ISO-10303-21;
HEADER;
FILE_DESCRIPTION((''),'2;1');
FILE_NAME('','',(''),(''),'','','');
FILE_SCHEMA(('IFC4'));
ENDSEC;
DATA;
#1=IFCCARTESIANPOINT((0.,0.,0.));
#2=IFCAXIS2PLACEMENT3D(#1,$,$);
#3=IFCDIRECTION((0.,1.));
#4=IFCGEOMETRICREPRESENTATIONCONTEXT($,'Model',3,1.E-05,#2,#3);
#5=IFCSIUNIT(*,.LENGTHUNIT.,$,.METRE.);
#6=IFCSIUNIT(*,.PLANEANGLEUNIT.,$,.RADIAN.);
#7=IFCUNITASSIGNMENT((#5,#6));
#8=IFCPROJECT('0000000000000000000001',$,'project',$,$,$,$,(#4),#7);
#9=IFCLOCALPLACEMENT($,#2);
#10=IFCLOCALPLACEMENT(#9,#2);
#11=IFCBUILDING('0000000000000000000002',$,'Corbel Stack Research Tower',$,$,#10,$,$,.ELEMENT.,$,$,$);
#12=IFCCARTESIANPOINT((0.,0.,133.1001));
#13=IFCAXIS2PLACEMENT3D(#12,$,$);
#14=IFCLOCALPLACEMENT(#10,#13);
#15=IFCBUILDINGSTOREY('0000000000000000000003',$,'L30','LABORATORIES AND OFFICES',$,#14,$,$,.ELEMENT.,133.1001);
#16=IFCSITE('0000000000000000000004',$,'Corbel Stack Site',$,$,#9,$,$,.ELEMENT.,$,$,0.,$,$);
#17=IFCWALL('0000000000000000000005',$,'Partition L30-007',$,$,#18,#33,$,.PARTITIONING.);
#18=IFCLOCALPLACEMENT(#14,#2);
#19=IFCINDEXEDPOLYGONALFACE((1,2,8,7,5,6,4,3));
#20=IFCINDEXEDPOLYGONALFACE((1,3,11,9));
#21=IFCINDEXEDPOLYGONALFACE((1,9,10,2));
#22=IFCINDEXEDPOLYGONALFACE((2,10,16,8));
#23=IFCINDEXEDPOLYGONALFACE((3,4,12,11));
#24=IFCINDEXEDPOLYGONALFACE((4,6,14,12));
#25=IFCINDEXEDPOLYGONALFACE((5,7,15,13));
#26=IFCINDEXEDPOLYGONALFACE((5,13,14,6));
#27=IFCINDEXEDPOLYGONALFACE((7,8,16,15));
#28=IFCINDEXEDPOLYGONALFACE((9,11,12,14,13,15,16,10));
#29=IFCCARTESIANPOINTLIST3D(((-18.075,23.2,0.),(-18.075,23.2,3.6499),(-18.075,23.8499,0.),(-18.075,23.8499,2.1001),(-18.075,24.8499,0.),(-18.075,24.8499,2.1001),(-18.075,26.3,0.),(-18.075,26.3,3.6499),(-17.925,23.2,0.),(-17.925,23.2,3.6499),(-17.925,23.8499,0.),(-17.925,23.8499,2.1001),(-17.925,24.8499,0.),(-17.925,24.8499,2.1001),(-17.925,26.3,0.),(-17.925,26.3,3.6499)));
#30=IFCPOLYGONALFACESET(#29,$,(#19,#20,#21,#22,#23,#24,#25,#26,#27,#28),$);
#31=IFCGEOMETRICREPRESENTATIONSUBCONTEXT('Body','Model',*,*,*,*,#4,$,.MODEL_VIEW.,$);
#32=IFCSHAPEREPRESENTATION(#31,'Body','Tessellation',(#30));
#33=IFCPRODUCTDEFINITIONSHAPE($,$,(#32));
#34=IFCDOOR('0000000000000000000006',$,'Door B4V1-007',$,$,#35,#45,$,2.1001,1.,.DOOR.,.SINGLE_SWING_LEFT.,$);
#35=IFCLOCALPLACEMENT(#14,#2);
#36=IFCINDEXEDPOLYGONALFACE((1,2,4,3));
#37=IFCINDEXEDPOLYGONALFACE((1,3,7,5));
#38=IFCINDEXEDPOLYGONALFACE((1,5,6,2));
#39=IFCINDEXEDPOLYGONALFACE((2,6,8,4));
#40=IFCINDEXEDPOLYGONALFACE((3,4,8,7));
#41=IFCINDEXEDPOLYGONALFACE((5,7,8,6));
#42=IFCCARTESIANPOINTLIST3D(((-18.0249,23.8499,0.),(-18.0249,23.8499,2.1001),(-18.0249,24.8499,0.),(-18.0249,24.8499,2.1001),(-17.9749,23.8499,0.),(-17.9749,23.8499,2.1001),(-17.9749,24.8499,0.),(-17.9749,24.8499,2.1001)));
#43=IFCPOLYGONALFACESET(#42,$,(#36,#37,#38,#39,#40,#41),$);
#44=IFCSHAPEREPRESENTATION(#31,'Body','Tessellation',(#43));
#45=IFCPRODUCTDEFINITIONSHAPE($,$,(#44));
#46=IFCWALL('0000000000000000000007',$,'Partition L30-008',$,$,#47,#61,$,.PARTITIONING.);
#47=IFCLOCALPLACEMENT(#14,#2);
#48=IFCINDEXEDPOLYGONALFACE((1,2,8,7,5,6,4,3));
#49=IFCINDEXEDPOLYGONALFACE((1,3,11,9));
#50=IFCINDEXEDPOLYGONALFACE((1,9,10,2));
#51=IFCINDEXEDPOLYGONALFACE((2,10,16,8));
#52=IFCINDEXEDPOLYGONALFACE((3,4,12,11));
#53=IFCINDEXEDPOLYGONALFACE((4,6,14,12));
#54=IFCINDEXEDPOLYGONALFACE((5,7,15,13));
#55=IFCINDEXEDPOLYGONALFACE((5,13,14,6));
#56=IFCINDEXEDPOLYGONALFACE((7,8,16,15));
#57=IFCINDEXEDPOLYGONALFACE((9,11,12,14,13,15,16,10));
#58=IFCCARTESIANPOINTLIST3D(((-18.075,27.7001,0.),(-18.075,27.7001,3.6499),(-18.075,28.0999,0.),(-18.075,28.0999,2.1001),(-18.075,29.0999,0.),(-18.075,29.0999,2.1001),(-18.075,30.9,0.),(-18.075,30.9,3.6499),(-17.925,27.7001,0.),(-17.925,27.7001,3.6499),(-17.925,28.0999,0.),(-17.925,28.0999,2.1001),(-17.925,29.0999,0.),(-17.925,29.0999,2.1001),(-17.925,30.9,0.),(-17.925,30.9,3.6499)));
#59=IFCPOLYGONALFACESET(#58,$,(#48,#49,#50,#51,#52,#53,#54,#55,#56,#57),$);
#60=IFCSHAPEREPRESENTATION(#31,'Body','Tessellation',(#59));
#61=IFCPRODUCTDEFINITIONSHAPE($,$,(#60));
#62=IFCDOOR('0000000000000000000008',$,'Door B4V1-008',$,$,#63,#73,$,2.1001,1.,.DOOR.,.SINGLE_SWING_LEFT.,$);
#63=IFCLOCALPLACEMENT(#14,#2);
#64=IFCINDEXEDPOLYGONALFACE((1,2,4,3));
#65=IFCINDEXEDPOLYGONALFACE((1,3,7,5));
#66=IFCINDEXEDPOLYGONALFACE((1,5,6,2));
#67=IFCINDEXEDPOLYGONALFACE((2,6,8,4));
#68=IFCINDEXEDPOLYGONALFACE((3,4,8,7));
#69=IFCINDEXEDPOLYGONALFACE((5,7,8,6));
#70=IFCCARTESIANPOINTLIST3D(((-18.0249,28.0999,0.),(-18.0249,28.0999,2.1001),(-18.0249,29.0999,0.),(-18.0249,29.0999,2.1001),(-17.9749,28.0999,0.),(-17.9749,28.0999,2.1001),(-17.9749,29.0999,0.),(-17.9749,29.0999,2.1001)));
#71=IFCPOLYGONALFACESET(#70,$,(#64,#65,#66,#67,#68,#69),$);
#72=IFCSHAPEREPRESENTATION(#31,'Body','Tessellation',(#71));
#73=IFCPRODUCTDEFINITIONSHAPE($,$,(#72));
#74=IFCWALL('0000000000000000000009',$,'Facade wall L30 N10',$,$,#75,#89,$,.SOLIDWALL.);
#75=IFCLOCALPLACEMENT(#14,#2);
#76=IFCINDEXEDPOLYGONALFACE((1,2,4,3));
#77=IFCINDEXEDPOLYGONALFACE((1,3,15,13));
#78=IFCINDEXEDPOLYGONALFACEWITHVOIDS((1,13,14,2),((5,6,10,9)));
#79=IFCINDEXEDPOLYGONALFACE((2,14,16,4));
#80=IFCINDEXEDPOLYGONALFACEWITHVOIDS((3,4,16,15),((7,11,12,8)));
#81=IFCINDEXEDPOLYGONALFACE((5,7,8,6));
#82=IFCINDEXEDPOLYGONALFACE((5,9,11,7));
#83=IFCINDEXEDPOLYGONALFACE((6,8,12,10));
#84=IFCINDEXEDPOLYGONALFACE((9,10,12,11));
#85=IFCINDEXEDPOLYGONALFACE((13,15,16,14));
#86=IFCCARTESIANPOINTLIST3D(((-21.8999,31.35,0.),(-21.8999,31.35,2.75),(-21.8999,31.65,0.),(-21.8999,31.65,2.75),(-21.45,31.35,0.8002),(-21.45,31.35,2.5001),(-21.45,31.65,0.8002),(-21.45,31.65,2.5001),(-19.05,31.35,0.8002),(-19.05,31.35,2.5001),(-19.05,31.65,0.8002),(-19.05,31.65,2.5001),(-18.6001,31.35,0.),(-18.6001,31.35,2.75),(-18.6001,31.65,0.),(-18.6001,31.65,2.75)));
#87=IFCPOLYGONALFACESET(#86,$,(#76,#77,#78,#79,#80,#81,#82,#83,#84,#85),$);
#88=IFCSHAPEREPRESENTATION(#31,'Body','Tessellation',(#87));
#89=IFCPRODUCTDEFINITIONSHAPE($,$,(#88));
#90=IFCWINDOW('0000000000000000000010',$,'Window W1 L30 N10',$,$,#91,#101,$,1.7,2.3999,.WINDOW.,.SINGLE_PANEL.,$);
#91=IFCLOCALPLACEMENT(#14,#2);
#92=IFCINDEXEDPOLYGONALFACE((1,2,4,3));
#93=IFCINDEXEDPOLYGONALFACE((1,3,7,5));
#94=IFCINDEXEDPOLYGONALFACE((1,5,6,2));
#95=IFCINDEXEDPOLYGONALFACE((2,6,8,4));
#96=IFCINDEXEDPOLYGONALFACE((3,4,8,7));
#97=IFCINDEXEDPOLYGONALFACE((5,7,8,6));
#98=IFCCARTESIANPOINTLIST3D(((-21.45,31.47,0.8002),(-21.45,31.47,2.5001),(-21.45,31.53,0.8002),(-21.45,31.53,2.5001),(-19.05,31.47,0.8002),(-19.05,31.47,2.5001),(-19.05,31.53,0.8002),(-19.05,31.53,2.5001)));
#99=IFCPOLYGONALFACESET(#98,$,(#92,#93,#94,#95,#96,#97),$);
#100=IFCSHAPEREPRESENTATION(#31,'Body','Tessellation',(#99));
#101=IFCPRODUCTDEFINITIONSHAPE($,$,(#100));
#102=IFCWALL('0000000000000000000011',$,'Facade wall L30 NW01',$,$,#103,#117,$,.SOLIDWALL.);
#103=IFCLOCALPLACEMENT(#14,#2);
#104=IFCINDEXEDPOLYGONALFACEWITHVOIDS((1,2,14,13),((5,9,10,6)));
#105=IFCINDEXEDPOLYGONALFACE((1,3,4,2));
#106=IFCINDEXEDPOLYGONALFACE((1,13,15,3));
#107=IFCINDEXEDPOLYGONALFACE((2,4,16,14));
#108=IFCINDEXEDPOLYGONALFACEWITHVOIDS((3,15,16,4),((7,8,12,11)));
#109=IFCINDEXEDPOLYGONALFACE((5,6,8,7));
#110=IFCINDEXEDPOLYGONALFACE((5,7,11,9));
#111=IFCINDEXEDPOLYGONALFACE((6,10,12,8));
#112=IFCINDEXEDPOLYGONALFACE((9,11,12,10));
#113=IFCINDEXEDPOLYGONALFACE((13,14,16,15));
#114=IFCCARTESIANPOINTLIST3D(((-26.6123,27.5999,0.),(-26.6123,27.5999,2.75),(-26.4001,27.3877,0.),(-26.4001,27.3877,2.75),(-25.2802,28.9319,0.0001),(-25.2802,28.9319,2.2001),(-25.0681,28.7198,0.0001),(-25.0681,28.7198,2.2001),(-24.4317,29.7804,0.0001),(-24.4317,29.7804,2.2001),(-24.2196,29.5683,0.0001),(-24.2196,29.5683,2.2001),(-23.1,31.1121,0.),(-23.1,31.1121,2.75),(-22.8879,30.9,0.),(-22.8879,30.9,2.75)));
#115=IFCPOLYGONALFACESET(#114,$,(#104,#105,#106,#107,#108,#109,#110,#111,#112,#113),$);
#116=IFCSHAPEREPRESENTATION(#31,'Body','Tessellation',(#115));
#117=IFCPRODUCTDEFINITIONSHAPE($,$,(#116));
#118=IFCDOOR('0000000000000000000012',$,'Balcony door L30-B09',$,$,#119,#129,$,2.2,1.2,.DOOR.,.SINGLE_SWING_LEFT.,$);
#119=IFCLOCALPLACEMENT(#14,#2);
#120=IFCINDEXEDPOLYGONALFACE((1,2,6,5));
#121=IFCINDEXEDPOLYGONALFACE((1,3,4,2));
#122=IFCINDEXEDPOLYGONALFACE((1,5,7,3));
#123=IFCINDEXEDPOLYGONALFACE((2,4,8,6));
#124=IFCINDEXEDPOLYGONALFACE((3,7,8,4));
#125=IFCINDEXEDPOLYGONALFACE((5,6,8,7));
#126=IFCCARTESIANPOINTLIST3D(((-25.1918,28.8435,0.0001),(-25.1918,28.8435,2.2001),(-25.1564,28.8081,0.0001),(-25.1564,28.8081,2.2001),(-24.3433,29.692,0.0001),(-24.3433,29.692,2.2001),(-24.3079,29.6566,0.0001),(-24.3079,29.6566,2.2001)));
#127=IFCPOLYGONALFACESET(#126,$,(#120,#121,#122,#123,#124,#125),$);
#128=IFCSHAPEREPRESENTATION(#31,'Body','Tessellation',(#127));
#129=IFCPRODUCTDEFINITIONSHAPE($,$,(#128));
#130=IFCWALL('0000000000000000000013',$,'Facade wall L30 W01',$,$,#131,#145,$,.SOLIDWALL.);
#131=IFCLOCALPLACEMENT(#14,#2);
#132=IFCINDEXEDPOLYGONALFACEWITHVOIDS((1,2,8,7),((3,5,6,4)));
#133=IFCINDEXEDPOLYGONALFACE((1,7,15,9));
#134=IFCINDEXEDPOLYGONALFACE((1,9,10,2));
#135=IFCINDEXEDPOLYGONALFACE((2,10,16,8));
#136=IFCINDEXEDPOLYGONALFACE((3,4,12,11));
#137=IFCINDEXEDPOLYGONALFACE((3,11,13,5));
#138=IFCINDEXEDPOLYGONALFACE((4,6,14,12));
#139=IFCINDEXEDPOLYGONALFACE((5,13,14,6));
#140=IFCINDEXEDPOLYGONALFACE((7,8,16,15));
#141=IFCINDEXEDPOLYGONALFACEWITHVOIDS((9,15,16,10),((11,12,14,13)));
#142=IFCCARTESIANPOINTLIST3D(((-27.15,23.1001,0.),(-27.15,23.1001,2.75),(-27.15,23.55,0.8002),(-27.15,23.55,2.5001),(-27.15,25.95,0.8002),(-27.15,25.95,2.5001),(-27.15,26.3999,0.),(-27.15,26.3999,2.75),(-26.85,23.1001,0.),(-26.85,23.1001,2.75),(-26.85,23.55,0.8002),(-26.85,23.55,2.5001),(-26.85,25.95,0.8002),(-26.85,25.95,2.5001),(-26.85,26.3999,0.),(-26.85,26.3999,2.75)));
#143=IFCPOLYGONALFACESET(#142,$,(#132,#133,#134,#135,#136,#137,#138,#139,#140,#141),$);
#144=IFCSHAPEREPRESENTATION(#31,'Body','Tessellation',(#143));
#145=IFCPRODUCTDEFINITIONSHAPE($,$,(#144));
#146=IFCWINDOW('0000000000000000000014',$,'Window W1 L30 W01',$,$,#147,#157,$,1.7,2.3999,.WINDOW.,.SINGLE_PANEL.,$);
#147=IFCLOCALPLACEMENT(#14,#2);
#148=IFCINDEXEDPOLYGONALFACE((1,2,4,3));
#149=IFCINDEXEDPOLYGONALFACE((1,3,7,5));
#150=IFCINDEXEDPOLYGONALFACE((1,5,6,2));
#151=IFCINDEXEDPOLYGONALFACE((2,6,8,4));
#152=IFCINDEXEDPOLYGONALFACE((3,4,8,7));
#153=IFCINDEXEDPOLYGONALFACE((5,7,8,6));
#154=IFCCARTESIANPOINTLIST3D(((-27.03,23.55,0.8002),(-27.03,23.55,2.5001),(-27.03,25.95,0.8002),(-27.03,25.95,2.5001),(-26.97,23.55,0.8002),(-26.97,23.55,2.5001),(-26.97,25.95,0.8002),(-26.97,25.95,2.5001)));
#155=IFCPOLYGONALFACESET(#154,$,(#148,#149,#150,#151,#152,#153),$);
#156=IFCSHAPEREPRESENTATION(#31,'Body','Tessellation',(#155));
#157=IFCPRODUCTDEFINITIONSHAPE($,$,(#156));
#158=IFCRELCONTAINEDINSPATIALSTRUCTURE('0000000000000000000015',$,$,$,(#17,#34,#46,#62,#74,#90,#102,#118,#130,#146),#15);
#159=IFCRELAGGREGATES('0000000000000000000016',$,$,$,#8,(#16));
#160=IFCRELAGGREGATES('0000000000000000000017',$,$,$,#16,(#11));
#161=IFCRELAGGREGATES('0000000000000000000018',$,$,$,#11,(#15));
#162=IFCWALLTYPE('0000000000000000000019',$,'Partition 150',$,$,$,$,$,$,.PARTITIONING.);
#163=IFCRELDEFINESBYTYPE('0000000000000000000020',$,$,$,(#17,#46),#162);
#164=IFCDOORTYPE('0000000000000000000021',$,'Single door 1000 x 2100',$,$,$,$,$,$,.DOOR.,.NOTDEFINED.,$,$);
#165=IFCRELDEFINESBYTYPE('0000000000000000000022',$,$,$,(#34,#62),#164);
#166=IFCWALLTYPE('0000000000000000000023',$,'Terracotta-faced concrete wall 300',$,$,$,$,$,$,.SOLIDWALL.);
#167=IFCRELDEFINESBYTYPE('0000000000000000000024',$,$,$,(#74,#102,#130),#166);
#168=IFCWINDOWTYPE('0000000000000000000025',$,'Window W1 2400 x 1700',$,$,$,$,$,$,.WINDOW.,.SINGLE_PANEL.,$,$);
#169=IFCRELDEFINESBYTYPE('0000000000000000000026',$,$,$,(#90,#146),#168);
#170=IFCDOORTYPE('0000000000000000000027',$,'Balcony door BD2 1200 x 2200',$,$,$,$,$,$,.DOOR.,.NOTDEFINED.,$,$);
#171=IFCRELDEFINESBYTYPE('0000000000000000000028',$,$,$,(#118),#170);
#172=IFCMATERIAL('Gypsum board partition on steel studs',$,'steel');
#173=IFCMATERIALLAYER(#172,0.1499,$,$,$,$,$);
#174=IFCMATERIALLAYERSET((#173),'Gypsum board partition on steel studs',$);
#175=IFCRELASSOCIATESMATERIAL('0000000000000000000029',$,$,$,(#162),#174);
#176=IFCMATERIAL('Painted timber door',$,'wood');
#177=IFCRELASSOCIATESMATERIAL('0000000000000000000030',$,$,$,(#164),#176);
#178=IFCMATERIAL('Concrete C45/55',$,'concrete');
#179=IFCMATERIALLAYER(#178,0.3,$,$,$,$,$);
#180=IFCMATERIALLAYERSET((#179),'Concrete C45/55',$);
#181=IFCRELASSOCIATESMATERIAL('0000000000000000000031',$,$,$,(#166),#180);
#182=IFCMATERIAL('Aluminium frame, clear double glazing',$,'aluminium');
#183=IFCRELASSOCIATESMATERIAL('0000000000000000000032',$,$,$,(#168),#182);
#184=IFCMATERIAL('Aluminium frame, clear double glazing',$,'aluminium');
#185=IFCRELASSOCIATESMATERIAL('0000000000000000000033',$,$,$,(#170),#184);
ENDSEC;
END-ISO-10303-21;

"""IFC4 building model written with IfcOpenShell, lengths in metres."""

from ifc_helpers import new_model, si_unit, direction, frame, frame_2d, origin, place, context, subcontext, project, spatial, rectangle, extrude, material, layer, layer_set, type_object, element, fill, save


model = new_model("IFC4")

# Units and contexts
model_context = context("Model", 3, precision=1e-05, world=origin(), true_north=direction((0.0, 1.0)))
body_context = subcontext(model_context, "Body", "Model", "MODEL_VIEW")
ifc_project = project(units=[si_unit("LENGTHUNIT", "METRE"), si_unit("PLANEANGLEUNIT", "RADIAN")], contexts=[model_context])

# Site, building, storey
site_placement = place(None, origin())
site = spatial("IfcSite", under=ifc_project, at=site_placement, Name="Corbel Stack Site", CompositionType="ELEMENT", RefElevation=0.0)
building_placement = place(site_placement, origin())
building = spatial("IfcBuilding", under=site, at=building_placement, Name="Corbel Stack Research Tower", CompositionType="ELEMENT")
storey_placement = place(building_placement, frame((0.0, 0.0, 133.1001)))
storey = spatial("IfcBuildingStorey", under=building, at=storey_placement, Name="L30", Description="LABORATORIES AND OFFICES", CompositionType="ELEMENT", Elevation=133.1001)

# Walls, openings, doors
ifc_material_1 = material(Name="Gypsum board partition on steel studs", Category="steel")
ifc_layer_1 = layer(ifc_material_1, 0.1499)
ifc_layer_set_1 = layer_set([ifc_layer_1], Name="Gypsum board partition on steel studs")
wall_type_1 = type_object("IfcWallType", Name="Partition 150", PredefinedType="PARTITIONING", material=ifc_layer_set_1)
wall_1_placement = place(storey_placement, frame((-18.0, 23.2, 0.0), z_axis=(0.0, 0.0, 1.0), x_axis=(0.0, 1.0, 0.0)))
wall_1 = element("IfcWall", 1, at=wall_1_placement, inside=storey, type_object=wall_type_1, Name="Partition L30-007", PredefinedType="PARTITIONING", context=body_context, shape_type="SweptSolid", body=[
    extrude(rectangle(XDim=3.1001, YDim=0.1499, at=frame_2d((1.55, 0.0))), origin(), (0.0, 0.0, 1.0), 3.6499),
])
opening_1_placement = place(wall_1_placement, frame((0.6499, 0.0, 0.0)))
opening_1 = element("IfcOpeningElement", 2, at=opening_1_placement, cuts=wall_1, PredefinedType="OPENING", context=body_context, shape_type="SweptSolid", body=[
    extrude(rectangle(XDim=1.0, YDim=2.1001, at=frame_2d((0.5, 1.05))), frame((0.0, 0.085, 0.0), z_axis=(0.0, -1.0, 0.0), x_axis=(1.0, 0.0, 0.0)), (0.0, 0.0, 1.0), 0.1699),
])
ifc_material_2 = material(Name="Painted timber door", Category="wood")
door_type_1 = type_object("IfcDoorType", Name="Single door 1000 x 2100", OperationType="NOTDEFINED", PredefinedType="DOOR", material=ifc_material_2)
door_1_placement = place(opening_1_placement, origin())
door_1 = element("IfcDoor", 3, at=door_1_placement, inside=storey, type_object=door_type_1, Name="Door B4V1-007", OperationType="SINGLE_SWING_LEFT", OverallHeight=2.1001, OverallWidth=1.0, PredefinedType="DOOR", context=body_context, shape_type="SweptSolid", body=[
    extrude(rectangle(XDim=1.0, YDim=2.1001, at=frame_2d((0.5, 1.05))), frame((0.0, 0.0249, 0.0), z_axis=(0.0, -1.0, 0.0), x_axis=(1.0, 0.0, 0.0)), (0.0, 0.0, 1.0), 0.05),
])
fill(opening_1, door_1)
wall_2_placement = place(storey_placement, frame((-18.0, 27.7, 0.0), z_axis=(0.0, 0.0, 1.0), x_axis=(0.0, 1.0, 0.0)))
wall_2 = element("IfcWall", 4, at=wall_2_placement, inside=storey, type_object=wall_type_1, Name="Partition L30-008", PredefinedType="PARTITIONING", context=body_context, shape_type="SweptSolid", body=[
    extrude(rectangle(XDim=3.2, YDim=0.1499, at=frame_2d((1.6001, 0.0))), origin(), (0.0, 0.0, 1.0), 3.6499),
])
opening_2_placement = place(wall_2_placement, frame((0.3999, 0.0, 0.0)))
opening_2 = element("IfcOpeningElement", 5, at=opening_2_placement, cuts=wall_2, PredefinedType="OPENING", context=body_context, shape_type="SweptSolid", body=[
    extrude(rectangle(XDim=1.0, YDim=2.1001, at=frame_2d((0.5, 1.05))), frame((0.0, 0.085, 0.0), z_axis=(0.0, -1.0, 0.0), x_axis=(1.0, 0.0, 0.0)), (0.0, 0.0, 1.0), 0.1699),
])
door_2_placement = place(opening_2_placement, origin())
door_2 = element("IfcDoor", 6, at=door_2_placement, inside=storey, type_object=door_type_1, Name="Door B4V1-008", OperationType="SINGLE_SWING_LEFT", OverallHeight=2.1001, OverallWidth=1.0, PredefinedType="DOOR", context=body_context, shape_type="SweptSolid", body=[
    extrude(rectangle(XDim=1.0, YDim=2.1001, at=frame_2d((0.5, 1.05))), frame((0.0, 0.0249, 0.0), z_axis=(0.0, -1.0, 0.0), x_axis=(1.0, 0.0, 0.0)), (0.0, 0.0, 1.0), 0.05),
])
fill(opening_2, door_2)

# Wall, opening, window
ifc_material_3 = material(Name="Concrete C45/55", Category="concrete")
ifc_layer_2 = layer(ifc_material_3, 0.3)
ifc_layer_set_2 = layer_set([ifc_layer_2], Name="Concrete C45/55")
wall_type_2 = type_object("IfcWallType", Name="Terracotta-faced concrete wall 300", PredefinedType="SOLIDWALL", material=ifc_layer_set_2)
wall_3_placement = place(storey_placement, frame((-21.8999, 31.5, 0.0), z_axis=(0.0, 0.0, 1.0), x_axis=(1.0, 0.0, 0.0)))
wall_3 = element("IfcWall", 7, at=wall_3_placement, inside=storey, type_object=wall_type_2, Name="Facade wall L30 N10", PredefinedType="SOLIDWALL", context=body_context, shape_type="SweptSolid", body=[
    extrude(rectangle(XDim=3.2998, YDim=0.3, at=frame_2d((1.6499, 0.0))), origin(), (0.0, 0.0, 1.0), 2.75),
])
opening_3_placement = place(wall_3_placement, frame((0.45, 0.0, 0.8)))
opening_3 = element("IfcOpeningElement", 8, at=opening_3_placement, cuts=wall_3, PredefinedType="OPENING", context=body_context, shape_type="SweptSolid", body=[
    extrude(rectangle(XDim=2.3999, YDim=1.7, at=frame_2d((1.2, 0.8501))), frame((0.0, 0.1599, 0.0), z_axis=(0.0, -1.0, 0.0), x_axis=(1.0, 0.0, 0.0)), (0.0, 0.0, 1.0), 0.3201),
])
ifc_material_4 = material(Name="Aluminium frame, clear double glazing", Category="aluminium")
window_type = type_object("IfcWindowType", Name="Window W1 2400 x 1700", PartitioningType="SINGLE_PANEL", PredefinedType="WINDOW", material=ifc_material_4)
window_1_placement = place(opening_3_placement, origin())
window_1 = element("IfcWindow", 9, at=window_1_placement, inside=storey, type_object=window_type, Name="Window W1 L30 N10", OverallHeight=1.7, OverallWidth=2.3999, PartitioningType="SINGLE_PANEL", PredefinedType="WINDOW", context=body_context, shape_type="SweptSolid", body=[
    extrude(rectangle(XDim=2.3999, YDim=1.7, at=frame_2d((1.2, 0.8501))), frame((0.0, 0.03, 0.0), z_axis=(0.0, -1.0, 0.0), x_axis=(1.0, 0.0, 0.0)), (0.0, 0.0, 1.0), 0.0601),
])
fill(opening_3, window_1)

# Wall, opening, door
wall_4_placement = place(storey_placement, frame((-26.5061, 27.4939, 0.0), z_axis=(0.0, 0.0, 1.0), x_axis=(0.707107, 0.707107, 0.0)))
wall_4 = element("IfcWall", 10, at=wall_4_placement, inside=storey, type_object=wall_type_2, Name="Facade wall L30 NW01", PredefinedType="SOLIDWALL", context=body_context, shape_type="SweptSolid", body=[
    extrude(rectangle(XDim=4.967, YDim=0.3, at=frame_2d((2.4834, 0.0))), origin(), (0.0, 0.0, 1.0), 2.75),
])
opening_4_placement = place(wall_4_placement, frame((1.8835, 0.0, 0.0)))
opening_4 = element("IfcOpeningElement", 11, at=opening_4_placement, cuts=wall_4, PredefinedType="OPENING", context=body_context, shape_type="SweptSolid", body=[
    extrude(rectangle(XDim=1.2, YDim=2.2, at=frame_2d((0.6001, 1.1001))), frame((0.0, 0.1599, 0.0), z_axis=(0.0, -1.0, 0.0), x_axis=(1.0, 0.0, 0.0)), (0.0, 0.0, 1.0), 0.3201),
])
ifc_material_5 = material(Name="Aluminium frame, clear double glazing", Category="aluminium")
door_type_2 = type_object("IfcDoorType", Name="Balcony door BD2 1200 x 2200", OperationType="NOTDEFINED", PredefinedType="DOOR", material=ifc_material_5)
door_3_placement = place(opening_4_placement, origin())
door_3 = element("IfcDoor", 12, at=door_3_placement, inside=storey, type_object=door_type_2, Name="Balcony door L30-B09", OperationType="SINGLE_SWING_LEFT", OverallHeight=2.2, OverallWidth=1.2, PredefinedType="DOOR", context=body_context, shape_type="SweptSolid", body=[
    extrude(rectangle(XDim=1.2, YDim=2.2, at=frame_2d((0.6001, 1.1001))), frame((0.0, 0.0249, 0.0), z_axis=(0.0, -1.0, 0.0), x_axis=(1.0, 0.0, 0.0)), (0.0, 0.0, 1.0), 0.05),
])
fill(opening_4, door_3)

# Wall, opening, window
wall_5_placement = place(storey_placement, frame((-27.0, 23.1001, 0.0), z_axis=(0.0, 0.0, 1.0), x_axis=(0.0, 1.0, 0.0)))
wall_5 = element("IfcWall", 13, at=wall_5_placement, inside=storey, type_object=wall_type_2, Name="Facade wall L30 W01", PredefinedType="SOLIDWALL", context=body_context, shape_type="SweptSolid", body=[
    extrude(rectangle(XDim=3.2998, YDim=0.3, at=frame_2d((1.6499, 0.0))), origin(), (0.0, 0.0, 1.0), 2.75),
])
opening_5_placement = place(wall_5_placement, frame((0.45, 0.0, 0.8)))
opening_5 = element("IfcOpeningElement", 14, at=opening_5_placement, cuts=wall_5, PredefinedType="OPENING", context=body_context, shape_type="SweptSolid", body=[
    extrude(rectangle(XDim=2.3999, YDim=1.7, at=frame_2d((1.2, 0.8501))), frame((0.0, 0.1599, 0.0), z_axis=(0.0, -1.0, 0.0), x_axis=(1.0, 0.0, 0.0)), (0.0, 0.0, 1.0), 0.3201),
])
window_2_placement = place(opening_5_placement, origin())
window_2 = element("IfcWindow", 15, at=window_2_placement, inside=storey, type_object=window_type, Name="Window W1 L30 W01", OverallHeight=1.7, OverallWidth=2.3999, PartitioningType="SINGLE_PANEL", PredefinedType="WINDOW", context=body_context, shape_type="SweptSolid", body=[
    extrude(rectangle(XDim=2.3999, YDim=1.7, at=frame_2d((1.2, 0.8501))), frame((0.0, 0.03, 0.0), z_axis=(0.0, -1.0, 0.0), x_axis=(1.0, 0.0, 0.0)), (0.0, 0.0, 1.0), 0.0601),
])
fill(opening_5, window_2)

save(model, "model.ifc")
